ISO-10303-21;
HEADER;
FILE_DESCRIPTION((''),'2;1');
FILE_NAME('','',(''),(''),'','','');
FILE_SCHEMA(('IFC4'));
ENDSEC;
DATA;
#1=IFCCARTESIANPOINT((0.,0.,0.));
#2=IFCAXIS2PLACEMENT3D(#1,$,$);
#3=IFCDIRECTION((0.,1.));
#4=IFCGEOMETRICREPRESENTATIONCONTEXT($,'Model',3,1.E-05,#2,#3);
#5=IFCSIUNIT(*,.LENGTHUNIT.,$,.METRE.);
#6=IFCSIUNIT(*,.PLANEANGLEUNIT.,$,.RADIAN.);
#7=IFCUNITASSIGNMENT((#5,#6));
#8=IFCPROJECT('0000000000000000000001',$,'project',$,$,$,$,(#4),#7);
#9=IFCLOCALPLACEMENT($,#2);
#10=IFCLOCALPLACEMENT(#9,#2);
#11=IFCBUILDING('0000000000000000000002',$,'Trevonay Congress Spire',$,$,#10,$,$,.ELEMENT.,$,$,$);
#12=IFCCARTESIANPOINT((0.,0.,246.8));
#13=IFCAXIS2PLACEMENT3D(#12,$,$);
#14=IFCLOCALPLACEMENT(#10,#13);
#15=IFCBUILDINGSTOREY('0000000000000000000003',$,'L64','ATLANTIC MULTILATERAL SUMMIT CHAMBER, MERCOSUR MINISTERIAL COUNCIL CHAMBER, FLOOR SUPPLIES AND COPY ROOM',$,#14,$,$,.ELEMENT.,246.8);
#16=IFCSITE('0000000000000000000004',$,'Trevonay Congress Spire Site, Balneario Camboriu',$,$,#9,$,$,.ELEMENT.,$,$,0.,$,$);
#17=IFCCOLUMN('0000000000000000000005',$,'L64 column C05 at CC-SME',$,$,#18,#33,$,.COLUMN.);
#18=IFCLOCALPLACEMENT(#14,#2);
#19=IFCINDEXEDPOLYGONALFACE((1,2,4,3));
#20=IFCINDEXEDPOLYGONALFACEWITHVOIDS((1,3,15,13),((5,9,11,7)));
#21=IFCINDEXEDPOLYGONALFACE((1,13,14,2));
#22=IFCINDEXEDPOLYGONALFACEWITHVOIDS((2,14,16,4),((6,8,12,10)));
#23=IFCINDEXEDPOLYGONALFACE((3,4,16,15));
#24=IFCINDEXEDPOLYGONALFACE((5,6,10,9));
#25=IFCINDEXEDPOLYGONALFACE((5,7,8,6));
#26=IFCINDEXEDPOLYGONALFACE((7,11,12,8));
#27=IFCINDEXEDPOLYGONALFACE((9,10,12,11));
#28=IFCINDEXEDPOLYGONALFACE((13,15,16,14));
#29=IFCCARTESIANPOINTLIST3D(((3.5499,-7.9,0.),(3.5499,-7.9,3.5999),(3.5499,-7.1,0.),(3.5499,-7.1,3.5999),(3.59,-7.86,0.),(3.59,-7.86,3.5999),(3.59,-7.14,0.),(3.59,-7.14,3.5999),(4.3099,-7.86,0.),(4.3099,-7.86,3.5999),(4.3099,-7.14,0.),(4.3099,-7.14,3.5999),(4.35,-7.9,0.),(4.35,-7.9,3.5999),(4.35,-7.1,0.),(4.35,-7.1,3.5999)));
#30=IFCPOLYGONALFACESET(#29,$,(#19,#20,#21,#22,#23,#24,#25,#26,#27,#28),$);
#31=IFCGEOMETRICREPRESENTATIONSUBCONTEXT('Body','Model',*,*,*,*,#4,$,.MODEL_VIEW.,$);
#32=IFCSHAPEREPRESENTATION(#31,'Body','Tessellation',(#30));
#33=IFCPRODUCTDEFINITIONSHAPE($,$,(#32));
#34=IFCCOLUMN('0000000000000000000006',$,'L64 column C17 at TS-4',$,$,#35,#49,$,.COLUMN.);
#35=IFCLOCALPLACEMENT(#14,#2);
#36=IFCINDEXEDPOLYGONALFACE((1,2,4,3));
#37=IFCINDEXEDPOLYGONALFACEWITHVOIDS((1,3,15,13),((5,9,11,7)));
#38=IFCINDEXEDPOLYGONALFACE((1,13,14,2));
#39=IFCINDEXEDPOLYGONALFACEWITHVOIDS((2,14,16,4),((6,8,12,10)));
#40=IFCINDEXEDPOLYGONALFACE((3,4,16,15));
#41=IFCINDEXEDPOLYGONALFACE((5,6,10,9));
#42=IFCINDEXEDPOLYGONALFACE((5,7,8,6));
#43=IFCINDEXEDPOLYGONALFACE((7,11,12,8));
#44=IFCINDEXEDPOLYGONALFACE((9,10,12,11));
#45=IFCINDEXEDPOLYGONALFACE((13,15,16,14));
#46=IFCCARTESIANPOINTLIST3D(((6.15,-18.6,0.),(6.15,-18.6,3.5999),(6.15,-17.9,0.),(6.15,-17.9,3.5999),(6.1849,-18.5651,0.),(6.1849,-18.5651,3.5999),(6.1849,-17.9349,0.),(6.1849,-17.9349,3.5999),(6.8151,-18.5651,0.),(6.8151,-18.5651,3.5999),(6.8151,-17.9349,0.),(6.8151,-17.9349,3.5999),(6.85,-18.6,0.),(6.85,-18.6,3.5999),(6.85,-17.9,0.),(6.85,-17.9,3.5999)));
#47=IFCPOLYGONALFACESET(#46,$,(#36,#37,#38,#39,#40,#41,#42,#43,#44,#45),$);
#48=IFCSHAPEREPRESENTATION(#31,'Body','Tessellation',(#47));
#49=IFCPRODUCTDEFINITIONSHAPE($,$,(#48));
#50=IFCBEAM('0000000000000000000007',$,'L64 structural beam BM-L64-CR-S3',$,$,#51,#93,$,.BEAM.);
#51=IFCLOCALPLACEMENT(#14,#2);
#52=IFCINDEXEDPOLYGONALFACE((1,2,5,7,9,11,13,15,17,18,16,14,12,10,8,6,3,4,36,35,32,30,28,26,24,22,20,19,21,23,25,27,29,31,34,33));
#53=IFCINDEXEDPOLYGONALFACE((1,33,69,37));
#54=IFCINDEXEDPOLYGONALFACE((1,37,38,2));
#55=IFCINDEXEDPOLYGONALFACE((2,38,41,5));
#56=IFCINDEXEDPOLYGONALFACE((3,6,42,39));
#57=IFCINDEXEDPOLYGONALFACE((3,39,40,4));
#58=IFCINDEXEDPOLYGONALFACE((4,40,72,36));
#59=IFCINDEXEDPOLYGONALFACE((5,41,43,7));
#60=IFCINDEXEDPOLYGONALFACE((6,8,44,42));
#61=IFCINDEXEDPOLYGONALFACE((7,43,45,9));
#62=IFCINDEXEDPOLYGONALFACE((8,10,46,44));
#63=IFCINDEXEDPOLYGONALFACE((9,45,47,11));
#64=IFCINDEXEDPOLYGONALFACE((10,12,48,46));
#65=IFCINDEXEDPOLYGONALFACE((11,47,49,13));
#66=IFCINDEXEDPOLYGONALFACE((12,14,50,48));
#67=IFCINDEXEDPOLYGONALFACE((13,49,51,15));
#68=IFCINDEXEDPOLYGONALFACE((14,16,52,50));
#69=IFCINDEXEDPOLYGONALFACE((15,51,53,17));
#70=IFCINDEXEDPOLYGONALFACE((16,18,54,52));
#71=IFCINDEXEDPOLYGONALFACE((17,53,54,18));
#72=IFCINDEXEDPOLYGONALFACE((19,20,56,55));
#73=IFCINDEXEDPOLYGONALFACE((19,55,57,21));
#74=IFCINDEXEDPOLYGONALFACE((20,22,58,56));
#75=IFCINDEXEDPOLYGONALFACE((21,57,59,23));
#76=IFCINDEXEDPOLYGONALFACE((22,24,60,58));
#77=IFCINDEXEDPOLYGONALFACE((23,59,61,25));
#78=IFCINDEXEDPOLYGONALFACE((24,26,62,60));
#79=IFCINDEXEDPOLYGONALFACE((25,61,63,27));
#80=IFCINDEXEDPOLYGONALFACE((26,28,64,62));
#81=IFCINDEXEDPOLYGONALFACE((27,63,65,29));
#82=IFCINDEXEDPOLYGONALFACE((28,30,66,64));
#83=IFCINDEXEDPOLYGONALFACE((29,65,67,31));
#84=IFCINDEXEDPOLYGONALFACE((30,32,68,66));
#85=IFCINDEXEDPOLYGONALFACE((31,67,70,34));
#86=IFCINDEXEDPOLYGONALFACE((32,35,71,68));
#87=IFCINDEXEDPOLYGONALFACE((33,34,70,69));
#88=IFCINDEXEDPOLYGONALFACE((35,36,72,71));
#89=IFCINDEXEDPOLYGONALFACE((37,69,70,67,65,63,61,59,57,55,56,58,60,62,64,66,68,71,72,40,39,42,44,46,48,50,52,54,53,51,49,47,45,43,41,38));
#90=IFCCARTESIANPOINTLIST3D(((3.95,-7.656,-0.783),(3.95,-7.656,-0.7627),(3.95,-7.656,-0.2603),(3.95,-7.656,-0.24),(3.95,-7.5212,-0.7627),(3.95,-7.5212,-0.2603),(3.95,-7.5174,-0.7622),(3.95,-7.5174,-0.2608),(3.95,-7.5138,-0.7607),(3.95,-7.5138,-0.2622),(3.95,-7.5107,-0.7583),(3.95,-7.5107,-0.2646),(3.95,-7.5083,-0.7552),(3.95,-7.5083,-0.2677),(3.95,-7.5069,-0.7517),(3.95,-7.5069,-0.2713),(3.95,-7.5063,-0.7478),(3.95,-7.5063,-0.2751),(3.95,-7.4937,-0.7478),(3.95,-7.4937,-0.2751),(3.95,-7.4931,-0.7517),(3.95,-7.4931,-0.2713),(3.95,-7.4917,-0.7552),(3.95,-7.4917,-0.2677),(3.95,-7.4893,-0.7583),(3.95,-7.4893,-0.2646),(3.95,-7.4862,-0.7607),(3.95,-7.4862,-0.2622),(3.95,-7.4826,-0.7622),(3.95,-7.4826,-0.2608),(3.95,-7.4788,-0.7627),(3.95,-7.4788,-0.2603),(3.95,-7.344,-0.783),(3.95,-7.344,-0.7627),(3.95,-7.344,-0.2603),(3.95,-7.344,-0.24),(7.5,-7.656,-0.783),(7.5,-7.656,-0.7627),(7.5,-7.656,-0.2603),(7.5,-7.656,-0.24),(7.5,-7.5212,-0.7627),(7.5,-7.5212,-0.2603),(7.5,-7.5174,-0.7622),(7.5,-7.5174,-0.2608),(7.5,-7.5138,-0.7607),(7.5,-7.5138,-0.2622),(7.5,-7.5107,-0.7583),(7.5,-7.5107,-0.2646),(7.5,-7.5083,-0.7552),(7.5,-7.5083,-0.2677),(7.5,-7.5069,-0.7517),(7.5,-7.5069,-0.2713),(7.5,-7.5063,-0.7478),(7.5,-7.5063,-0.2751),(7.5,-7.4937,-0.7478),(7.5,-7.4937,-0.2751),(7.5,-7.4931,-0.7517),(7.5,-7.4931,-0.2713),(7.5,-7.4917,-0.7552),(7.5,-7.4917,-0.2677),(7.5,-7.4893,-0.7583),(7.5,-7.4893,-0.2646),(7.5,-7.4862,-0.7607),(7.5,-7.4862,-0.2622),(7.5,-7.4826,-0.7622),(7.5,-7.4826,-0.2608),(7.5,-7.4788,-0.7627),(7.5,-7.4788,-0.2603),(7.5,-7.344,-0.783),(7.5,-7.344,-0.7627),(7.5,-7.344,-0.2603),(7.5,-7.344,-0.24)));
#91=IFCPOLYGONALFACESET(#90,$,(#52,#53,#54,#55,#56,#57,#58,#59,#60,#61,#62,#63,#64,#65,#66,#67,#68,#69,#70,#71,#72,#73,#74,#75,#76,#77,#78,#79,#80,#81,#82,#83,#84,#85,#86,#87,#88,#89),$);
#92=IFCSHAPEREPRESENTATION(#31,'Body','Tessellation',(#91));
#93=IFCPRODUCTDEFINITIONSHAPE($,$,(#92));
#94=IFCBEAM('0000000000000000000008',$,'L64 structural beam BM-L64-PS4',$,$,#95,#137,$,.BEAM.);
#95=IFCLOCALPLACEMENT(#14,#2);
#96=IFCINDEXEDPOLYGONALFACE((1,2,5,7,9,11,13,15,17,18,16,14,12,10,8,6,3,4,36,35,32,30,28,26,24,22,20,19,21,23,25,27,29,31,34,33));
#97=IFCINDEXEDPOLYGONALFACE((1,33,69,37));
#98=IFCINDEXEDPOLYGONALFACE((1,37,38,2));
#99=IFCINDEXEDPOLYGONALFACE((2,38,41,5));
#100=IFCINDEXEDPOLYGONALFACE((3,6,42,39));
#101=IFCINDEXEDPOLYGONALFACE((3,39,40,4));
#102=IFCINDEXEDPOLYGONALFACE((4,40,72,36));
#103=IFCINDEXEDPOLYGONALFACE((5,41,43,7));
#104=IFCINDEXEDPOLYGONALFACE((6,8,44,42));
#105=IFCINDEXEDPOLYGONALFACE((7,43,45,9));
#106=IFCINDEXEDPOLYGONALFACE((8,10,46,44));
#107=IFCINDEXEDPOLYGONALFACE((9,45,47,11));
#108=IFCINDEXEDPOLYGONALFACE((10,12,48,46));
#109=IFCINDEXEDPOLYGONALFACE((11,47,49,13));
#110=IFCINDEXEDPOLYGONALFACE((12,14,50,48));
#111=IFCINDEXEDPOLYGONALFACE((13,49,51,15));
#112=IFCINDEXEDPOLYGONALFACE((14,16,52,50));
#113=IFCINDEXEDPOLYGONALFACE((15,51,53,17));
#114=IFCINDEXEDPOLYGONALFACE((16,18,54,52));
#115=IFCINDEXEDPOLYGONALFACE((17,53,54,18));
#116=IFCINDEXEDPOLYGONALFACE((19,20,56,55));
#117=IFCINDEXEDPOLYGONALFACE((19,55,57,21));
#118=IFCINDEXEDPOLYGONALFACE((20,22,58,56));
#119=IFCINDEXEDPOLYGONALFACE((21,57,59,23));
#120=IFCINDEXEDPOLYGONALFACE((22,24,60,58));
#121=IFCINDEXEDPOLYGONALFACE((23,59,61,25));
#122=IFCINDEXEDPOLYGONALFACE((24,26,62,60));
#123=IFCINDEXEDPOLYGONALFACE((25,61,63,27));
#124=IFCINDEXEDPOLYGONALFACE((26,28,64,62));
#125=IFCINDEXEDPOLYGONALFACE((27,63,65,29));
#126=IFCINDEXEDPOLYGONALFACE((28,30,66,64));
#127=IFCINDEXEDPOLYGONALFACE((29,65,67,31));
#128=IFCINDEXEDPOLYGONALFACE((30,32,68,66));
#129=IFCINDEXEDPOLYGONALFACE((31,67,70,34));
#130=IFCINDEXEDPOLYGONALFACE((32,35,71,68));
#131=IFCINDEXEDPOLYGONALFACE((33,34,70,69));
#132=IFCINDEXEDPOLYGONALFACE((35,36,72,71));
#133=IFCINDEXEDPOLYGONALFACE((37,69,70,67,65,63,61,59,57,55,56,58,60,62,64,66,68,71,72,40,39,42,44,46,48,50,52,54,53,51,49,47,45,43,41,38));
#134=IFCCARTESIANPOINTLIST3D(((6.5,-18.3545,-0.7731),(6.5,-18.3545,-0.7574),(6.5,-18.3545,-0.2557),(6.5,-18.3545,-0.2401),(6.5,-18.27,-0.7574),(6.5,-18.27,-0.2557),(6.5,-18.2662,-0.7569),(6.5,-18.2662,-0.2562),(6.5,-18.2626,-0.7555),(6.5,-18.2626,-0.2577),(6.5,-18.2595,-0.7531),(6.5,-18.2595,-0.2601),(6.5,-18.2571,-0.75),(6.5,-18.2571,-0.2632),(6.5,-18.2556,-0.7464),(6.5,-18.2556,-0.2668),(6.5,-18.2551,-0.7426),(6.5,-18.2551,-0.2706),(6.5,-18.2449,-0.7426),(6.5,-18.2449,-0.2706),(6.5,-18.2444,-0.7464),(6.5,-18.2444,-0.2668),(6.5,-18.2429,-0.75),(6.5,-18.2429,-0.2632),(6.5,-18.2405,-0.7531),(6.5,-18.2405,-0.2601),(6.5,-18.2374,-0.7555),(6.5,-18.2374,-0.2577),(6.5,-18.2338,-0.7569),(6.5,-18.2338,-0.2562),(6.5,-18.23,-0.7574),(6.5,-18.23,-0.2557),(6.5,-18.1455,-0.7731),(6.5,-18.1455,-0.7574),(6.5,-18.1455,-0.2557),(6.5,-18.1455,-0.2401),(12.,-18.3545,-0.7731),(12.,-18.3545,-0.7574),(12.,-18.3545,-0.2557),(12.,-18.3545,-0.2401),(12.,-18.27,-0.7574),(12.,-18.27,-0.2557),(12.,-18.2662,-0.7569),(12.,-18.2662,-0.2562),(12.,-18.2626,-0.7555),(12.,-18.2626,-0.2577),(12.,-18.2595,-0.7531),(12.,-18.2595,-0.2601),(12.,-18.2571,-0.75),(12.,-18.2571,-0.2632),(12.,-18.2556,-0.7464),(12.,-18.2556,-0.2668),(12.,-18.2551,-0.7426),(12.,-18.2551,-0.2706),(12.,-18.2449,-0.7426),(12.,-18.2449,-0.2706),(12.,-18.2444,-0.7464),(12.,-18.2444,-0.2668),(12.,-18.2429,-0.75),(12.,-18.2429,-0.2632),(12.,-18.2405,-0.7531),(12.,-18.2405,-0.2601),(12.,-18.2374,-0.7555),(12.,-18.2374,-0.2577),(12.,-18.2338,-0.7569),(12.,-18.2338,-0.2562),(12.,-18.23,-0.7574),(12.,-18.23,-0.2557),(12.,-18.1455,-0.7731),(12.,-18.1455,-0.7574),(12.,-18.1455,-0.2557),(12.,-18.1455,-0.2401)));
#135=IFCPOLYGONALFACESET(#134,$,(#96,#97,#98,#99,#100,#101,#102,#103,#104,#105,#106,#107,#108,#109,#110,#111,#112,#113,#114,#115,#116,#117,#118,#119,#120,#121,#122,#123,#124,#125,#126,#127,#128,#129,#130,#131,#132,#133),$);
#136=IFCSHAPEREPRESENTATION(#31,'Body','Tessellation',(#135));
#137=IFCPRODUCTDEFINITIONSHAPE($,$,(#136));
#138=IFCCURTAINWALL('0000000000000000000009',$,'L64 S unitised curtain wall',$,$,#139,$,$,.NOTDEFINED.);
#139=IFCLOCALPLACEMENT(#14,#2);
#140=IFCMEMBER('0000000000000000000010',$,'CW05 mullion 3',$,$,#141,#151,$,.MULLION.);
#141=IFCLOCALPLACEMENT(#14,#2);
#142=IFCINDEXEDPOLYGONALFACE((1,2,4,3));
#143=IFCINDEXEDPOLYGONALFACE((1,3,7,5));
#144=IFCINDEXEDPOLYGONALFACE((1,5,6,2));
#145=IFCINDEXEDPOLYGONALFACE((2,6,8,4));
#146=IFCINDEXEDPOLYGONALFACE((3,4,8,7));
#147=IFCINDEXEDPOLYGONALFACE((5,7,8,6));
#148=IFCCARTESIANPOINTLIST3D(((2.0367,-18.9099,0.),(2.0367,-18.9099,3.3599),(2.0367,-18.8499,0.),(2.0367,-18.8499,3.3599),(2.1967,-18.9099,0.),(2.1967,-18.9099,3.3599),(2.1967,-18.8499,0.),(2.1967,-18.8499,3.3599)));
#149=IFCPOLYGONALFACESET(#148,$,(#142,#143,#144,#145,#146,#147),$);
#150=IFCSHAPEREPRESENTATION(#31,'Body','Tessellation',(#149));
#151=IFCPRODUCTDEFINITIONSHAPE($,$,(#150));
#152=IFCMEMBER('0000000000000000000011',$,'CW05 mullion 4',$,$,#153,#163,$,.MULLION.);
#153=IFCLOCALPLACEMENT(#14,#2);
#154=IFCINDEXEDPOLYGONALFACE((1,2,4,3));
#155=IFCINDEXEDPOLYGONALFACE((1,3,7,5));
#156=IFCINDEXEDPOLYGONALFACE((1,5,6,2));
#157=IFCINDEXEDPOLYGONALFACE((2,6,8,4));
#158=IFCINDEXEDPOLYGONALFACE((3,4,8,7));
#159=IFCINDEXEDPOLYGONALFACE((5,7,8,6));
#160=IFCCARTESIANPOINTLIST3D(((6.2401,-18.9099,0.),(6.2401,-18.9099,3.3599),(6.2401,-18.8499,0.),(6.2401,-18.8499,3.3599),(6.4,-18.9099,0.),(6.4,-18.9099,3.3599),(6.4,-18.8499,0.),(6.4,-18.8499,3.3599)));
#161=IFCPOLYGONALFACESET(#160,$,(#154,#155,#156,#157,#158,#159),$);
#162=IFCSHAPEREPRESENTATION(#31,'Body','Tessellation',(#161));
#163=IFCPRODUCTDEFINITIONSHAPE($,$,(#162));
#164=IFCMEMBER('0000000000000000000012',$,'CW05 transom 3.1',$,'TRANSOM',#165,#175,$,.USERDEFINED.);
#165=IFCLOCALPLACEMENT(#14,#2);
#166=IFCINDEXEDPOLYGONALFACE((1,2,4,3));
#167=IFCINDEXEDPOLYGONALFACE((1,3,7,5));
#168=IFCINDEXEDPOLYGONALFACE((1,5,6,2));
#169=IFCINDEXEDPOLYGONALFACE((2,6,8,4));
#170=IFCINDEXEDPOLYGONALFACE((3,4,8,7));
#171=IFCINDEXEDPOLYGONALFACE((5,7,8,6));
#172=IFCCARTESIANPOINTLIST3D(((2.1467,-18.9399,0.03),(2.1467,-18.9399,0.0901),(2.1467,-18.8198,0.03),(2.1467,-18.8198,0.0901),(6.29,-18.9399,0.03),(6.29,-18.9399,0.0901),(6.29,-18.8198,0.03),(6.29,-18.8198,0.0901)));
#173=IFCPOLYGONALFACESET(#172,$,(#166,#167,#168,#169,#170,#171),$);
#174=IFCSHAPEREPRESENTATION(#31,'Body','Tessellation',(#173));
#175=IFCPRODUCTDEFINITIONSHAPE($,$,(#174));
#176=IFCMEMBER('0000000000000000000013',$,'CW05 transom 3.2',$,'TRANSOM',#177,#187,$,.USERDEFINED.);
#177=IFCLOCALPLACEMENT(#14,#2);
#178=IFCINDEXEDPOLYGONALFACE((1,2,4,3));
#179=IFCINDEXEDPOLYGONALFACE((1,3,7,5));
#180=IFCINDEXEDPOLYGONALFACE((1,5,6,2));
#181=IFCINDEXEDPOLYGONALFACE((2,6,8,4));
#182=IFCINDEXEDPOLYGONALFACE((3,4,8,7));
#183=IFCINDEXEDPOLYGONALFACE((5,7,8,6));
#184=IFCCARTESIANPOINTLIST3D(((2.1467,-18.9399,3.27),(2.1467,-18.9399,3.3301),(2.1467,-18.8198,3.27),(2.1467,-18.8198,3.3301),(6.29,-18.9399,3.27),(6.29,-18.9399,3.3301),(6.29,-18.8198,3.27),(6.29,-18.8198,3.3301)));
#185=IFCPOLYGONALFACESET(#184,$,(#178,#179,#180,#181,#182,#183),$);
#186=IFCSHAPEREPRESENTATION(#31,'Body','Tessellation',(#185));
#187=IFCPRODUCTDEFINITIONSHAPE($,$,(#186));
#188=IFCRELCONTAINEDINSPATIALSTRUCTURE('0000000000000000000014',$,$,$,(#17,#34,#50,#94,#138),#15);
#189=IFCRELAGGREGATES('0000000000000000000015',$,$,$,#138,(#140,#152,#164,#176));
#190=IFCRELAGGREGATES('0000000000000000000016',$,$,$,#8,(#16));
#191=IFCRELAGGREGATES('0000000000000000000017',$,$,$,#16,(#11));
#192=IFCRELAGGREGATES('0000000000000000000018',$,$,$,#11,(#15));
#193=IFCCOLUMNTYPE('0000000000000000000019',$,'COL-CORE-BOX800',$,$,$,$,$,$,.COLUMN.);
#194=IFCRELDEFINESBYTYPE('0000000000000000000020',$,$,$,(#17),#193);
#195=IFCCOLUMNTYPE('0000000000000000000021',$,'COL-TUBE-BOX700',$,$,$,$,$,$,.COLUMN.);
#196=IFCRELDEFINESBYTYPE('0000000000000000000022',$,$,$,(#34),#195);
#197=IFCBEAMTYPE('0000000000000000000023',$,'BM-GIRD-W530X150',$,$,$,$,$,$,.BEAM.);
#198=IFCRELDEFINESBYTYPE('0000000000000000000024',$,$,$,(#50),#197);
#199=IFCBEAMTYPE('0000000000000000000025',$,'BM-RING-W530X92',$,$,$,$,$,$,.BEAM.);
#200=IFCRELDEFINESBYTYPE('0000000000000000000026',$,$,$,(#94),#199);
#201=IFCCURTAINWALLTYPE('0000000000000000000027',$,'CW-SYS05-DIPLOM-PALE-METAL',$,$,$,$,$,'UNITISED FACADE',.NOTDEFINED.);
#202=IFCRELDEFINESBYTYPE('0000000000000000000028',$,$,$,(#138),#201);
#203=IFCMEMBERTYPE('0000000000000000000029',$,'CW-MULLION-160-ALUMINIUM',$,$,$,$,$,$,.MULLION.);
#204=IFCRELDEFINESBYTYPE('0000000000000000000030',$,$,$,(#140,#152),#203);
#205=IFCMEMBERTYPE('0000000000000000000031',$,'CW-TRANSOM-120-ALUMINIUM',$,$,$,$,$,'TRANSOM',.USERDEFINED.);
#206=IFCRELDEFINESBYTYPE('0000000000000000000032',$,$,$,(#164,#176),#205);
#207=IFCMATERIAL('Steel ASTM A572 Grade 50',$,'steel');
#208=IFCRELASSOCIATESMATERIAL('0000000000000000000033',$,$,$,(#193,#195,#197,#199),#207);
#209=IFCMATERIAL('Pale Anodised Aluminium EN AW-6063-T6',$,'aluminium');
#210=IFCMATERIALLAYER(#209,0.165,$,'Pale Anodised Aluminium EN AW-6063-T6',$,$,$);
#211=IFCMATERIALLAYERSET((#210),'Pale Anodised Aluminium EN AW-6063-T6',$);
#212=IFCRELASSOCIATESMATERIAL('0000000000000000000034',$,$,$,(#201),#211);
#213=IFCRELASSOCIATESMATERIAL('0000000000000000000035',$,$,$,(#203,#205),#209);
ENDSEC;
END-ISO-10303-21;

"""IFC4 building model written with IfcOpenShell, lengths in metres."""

from ifc_helpers import new_model, si_unit, direction, frame, origin, origin_2d, place, context, subcontext, project, spatial, rectangle, hollow_rectangle, i_section, extrude, material, layer, layer_set, material_profile, profile_set, type_object, element, aggregate, save


model = new_model("IFC4")

# Units and contexts
model_context = context("Model", 3, precision=1e-05, world=origin(), true_north=direction((0.0, 1.0)))
body_context = subcontext(model_context, "Body", "Model", "MODEL_VIEW")
ifc_project = project(units=[si_unit("LENGTHUNIT", "METRE"), si_unit("PLANEANGLEUNIT", "RADIAN")], contexts=[model_context])

# Site, building, storey
site_placement = place(None, origin())
site = spatial("IfcSite", under=ifc_project, at=site_placement, Name="Trevonay Congress Spire Site, Balneario Camboriu", CompositionType="ELEMENT", RefElevation=0.0)
building_placement = place(site_placement, origin())
building = spatial("IfcBuilding", under=site, at=building_placement, Name="Trevonay Congress Spire", CompositionType="ELEMENT")
storey_placement = place(building_placement, frame((0.0, 0.0, 246.8)))
storey = spatial("IfcBuildingStorey", under=building, at=storey_placement, Name="L64", Description="ATLANTIC MULTILATERAL SUMMIT CHAMBER, MERCOSUR MINISTERIAL COUNCIL CHAMBER, FLOOR SUPPLIES AND COPY ROOM", CompositionType="ELEMENT", Elevation=246.8)

# Columns
ifc_material_1 = material(Name="Steel ASTM A572 Grade 50", Category="steel")
ifc_material_profile_1 = material_profile(ifc_material_1, hollow_rectangle(XDim=0.8, YDim=0.8, WallThickness=0.04, at=origin_2d()), Name="BOX 800x800x40")
ifc_profile_set_1 = profile_set([ifc_material_profile_1], Name="Steel ASTM A572 Grade 50")
column_type_1 = type_object("IfcColumnType", Name="COL-CORE-BOX800", PredefinedType="COLUMN", material=ifc_profile_set_1)
column_1_placement = place(storey_placement, frame((3.95, -7.5, 0.0), z_axis=(0.0, 0.0, 1.0), x_axis=(1.0, 0.0, 0.0)))
element("IfcColumn", 1, at=column_1_placement, inside=storey, type_object=column_type_1, Name="L64 column C05 at CC-SME", PredefinedType="COLUMN", context=body_context, shape_type="SweptSolid", body=[
    extrude(hollow_rectangle(XDim=0.8, YDim=0.8, WallThickness=0.04, at=origin_2d()), origin(), (0.0, 0.0, 1.0), 3.5999),
])
ifc_material_profile_2 = material_profile(ifc_material_1, hollow_rectangle(XDim=0.7, YDim=0.7, WallThickness=0.0349, at=origin_2d()), Name="BOX 700x700x35")
ifc_profile_set_2 = profile_set([ifc_material_profile_2], Name="Steel ASTM A572 Grade 50")
column_type_2 = type_object("IfcColumnType", Name="COL-TUBE-BOX700", PredefinedType="COLUMN", material=ifc_profile_set_2)
column_2_placement = place(storey_placement, frame((6.5, -18.25, 0.0), z_axis=(0.0, 0.0, 1.0), x_axis=(1.0, 0.0, 0.0)))
element("IfcColumn", 2, at=column_2_placement, inside=storey, type_object=column_type_2, Name="L64 column C17 at TS-4", PredefinedType="COLUMN", context=body_context, shape_type="SweptSolid", body=[
    extrude(hollow_rectangle(XDim=0.7, YDim=0.7, WallThickness=0.0349, at=origin_2d()), origin(), (0.0, 0.0, 1.0), 3.5999),
])

# Beams
ifc_material_profile_3 = material_profile(ifc_material_1, i_section(OverallWidth=0.312, OverallDepth=0.543, WebThickness=0.0127, FlangeThickness=0.0203, FilletRadius=0.0149, at=origin_2d()), Name="W530x150")
ifc_profile_set_3 = profile_set([ifc_material_profile_3], Name="Steel ASTM A572 Grade 50")
beam_type_1 = type_object("IfcBeamType", Name="BM-GIRD-W530X150", PredefinedType="BEAM", material=ifc_profile_set_3)
beam_1_placement = place(storey_placement, frame((3.95, -7.5, -0.5115), z_axis=(1.0, 0.0, 0.0), x_axis=(0.0, 1.0, 0.0)))
element("IfcBeam", 3, at=beam_1_placement, inside=storey, type_object=beam_type_1, Name="L64 structural beam BM-L64-CR-S3", PredefinedType="BEAM", context=body_context, shape_type="SweptSolid", body=[
    extrude(i_section(OverallWidth=0.312, OverallDepth=0.543, WebThickness=0.0127, FlangeThickness=0.0203, FilletRadius=0.0149, at=origin_2d()), origin(), (0.0, 0.0, 1.0), 3.55),
])
ifc_material_profile_4 = material_profile(ifc_material_1, i_section(OverallWidth=0.209, OverallDepth=0.533, WebThickness=0.0103, FlangeThickness=0.0156, FilletRadius=0.0149, at=origin_2d()), Name="W530x92")
ifc_profile_set_4 = profile_set([ifc_material_profile_4], Name="Steel ASTM A572 Grade 50")
beam_type_2 = type_object("IfcBeamType", Name="BM-RING-W530X92", PredefinedType="BEAM", material=ifc_profile_set_4)
beam_2_placement = place(storey_placement, frame((6.5, -18.25, -0.5066), z_axis=(1.0, 0.0, 0.0), x_axis=(0.0, 1.0, 0.0)))
element("IfcBeam", 4, at=beam_2_placement, inside=storey, type_object=beam_type_2, Name="L64 structural beam BM-L64-PS4", PredefinedType="BEAM", context=body_context, shape_type="SweptSolid", body=[
    extrude(i_section(OverallWidth=0.209, OverallDepth=0.533, WebThickness=0.0103, FlangeThickness=0.0156, FilletRadius=0.0149, at=origin_2d()), origin(), (0.0, 0.0, 1.0), 5.5),
])

# Curtain wall, members
ifc_material_2 = material(Name="Pale Anodised Aluminium EN AW-6063-T6", Category="aluminium")
ifc_layer_1 = layer(ifc_material_2, 0.165, Name="Pale Anodised Aluminium EN AW-6063-T6")
ifc_layer_set_1 = layer_set([ifc_layer_1], Name="Pale Anodised Aluminium EN AW-6063-T6")
curtain_wall_type = type_object("IfcCurtainWallType", Name="CW-SYS05-DIPLOM-PALE-METAL", ElementType="UNITISED FACADE", PredefinedType="NOTDEFINED", material=ifc_layer_set_1)
curtain_wall_placement = place(storey_placement, origin())
curtain_wall = element("IfcCurtainWall", 5, at=curtain_wall_placement, inside=storey, type_object=curtain_wall_type, Name="L64 S unitised curtain wall", PredefinedType="NOTDEFINED")
ifc_material_profile_5 = material_profile(ifc_material_2, rectangle(XDim=0.0601, YDim=0.1599, at=origin_2d()), Name="CW-MULLION-160-ALUMINIUM")
ifc_profile_set_5 = profile_set([ifc_material_profile_5], Name="Pale Anodised Aluminium EN AW-6063-T6")
member_type_1 = type_object("IfcMemberType", Name="CW-MULLION-160-ALUMINIUM", PredefinedType="MULLION", material=ifc_profile_set_5)
member_1_placement = place(storey_placement, frame((2.1167, -18.8799, 0.0), z_axis=(0.0, 0.0, 1.0), x_axis=(0.0, 1.0, 0.0)))
member_1 = element("IfcMember", 6, at=member_1_placement, type_object=member_type_1, Name="CW05 mullion 3", PredefinedType="MULLION", context=body_context, shape_type="SweptSolid", body=[
    extrude(rectangle(XDim=0.0601, YDim=0.1599, at=origin_2d()), origin(), (0.0, 0.0, 1.0), 3.3599),
])
member_2_placement = place(storey_placement, frame((6.3201, -18.8799, 0.0), z_axis=(0.0, 0.0, 1.0), x_axis=(0.0, 1.0, 0.0)))
member_2 = element("IfcMember", 7, at=member_2_placement, type_object=member_type_1, Name="CW05 mullion 4", PredefinedType="MULLION", context=body_context, shape_type="SweptSolid", body=[
    extrude(rectangle(XDim=0.0601, YDim=0.1599, at=origin_2d()), origin(), (0.0, 0.0, 1.0), 3.3599),
])
ifc_material_profile_6 = material_profile(ifc_material_2, rectangle(XDim=0.1201, YDim=0.0601, at=origin_2d()), Name="CW-TRANSOM-120-ALUMINIUM")
ifc_profile_set_6 = profile_set([ifc_material_profile_6], Name="Pale Anodised Aluminium EN AW-6063-T6")
member_type_2 = type_object("IfcMemberType", Name="CW-TRANSOM-120-ALUMINIUM", ElementType="TRANSOM", PredefinedType="USERDEFINED", material=ifc_profile_set_6)
member_3_placement = place(storey_placement, frame((2.1467, -18.8799, 0.0601), z_axis=(1.0, 0.0, 0.0), x_axis=(0.0, 1.0, 0.0)))
member_3 = element("IfcMember", 8, at=member_3_placement, type_object=member_type_2, Name="CW05 transom 3.1", ObjectType="TRANSOM", PredefinedType="USERDEFINED", context=body_context, shape_type="SweptSolid", body=[
    extrude(rectangle(XDim=0.1201, YDim=0.0601, at=origin_2d()), origin(), (0.0, 0.0, 1.0), 4.1433),
])
member_4_placement = place(storey_placement, frame((2.1467, -18.8799, 3.3), z_axis=(1.0, 0.0, 0.0), x_axis=(0.0, 1.0, 0.0)))
member_4 = element("IfcMember", 9, at=member_4_placement, type_object=member_type_2, Name="CW05 transom 3.2", ObjectType="TRANSOM", PredefinedType="USERDEFINED", context=body_context, shape_type="SweptSolid", body=[
    extrude(rectangle(XDim=0.1201, YDim=0.0601, at=origin_2d()), origin(), (0.0, 0.0, 1.0), 4.1433),
])

aggregate(curtain_wall, [member_1, member_2, member_3, member_4])

save(model, "model.ifc")
